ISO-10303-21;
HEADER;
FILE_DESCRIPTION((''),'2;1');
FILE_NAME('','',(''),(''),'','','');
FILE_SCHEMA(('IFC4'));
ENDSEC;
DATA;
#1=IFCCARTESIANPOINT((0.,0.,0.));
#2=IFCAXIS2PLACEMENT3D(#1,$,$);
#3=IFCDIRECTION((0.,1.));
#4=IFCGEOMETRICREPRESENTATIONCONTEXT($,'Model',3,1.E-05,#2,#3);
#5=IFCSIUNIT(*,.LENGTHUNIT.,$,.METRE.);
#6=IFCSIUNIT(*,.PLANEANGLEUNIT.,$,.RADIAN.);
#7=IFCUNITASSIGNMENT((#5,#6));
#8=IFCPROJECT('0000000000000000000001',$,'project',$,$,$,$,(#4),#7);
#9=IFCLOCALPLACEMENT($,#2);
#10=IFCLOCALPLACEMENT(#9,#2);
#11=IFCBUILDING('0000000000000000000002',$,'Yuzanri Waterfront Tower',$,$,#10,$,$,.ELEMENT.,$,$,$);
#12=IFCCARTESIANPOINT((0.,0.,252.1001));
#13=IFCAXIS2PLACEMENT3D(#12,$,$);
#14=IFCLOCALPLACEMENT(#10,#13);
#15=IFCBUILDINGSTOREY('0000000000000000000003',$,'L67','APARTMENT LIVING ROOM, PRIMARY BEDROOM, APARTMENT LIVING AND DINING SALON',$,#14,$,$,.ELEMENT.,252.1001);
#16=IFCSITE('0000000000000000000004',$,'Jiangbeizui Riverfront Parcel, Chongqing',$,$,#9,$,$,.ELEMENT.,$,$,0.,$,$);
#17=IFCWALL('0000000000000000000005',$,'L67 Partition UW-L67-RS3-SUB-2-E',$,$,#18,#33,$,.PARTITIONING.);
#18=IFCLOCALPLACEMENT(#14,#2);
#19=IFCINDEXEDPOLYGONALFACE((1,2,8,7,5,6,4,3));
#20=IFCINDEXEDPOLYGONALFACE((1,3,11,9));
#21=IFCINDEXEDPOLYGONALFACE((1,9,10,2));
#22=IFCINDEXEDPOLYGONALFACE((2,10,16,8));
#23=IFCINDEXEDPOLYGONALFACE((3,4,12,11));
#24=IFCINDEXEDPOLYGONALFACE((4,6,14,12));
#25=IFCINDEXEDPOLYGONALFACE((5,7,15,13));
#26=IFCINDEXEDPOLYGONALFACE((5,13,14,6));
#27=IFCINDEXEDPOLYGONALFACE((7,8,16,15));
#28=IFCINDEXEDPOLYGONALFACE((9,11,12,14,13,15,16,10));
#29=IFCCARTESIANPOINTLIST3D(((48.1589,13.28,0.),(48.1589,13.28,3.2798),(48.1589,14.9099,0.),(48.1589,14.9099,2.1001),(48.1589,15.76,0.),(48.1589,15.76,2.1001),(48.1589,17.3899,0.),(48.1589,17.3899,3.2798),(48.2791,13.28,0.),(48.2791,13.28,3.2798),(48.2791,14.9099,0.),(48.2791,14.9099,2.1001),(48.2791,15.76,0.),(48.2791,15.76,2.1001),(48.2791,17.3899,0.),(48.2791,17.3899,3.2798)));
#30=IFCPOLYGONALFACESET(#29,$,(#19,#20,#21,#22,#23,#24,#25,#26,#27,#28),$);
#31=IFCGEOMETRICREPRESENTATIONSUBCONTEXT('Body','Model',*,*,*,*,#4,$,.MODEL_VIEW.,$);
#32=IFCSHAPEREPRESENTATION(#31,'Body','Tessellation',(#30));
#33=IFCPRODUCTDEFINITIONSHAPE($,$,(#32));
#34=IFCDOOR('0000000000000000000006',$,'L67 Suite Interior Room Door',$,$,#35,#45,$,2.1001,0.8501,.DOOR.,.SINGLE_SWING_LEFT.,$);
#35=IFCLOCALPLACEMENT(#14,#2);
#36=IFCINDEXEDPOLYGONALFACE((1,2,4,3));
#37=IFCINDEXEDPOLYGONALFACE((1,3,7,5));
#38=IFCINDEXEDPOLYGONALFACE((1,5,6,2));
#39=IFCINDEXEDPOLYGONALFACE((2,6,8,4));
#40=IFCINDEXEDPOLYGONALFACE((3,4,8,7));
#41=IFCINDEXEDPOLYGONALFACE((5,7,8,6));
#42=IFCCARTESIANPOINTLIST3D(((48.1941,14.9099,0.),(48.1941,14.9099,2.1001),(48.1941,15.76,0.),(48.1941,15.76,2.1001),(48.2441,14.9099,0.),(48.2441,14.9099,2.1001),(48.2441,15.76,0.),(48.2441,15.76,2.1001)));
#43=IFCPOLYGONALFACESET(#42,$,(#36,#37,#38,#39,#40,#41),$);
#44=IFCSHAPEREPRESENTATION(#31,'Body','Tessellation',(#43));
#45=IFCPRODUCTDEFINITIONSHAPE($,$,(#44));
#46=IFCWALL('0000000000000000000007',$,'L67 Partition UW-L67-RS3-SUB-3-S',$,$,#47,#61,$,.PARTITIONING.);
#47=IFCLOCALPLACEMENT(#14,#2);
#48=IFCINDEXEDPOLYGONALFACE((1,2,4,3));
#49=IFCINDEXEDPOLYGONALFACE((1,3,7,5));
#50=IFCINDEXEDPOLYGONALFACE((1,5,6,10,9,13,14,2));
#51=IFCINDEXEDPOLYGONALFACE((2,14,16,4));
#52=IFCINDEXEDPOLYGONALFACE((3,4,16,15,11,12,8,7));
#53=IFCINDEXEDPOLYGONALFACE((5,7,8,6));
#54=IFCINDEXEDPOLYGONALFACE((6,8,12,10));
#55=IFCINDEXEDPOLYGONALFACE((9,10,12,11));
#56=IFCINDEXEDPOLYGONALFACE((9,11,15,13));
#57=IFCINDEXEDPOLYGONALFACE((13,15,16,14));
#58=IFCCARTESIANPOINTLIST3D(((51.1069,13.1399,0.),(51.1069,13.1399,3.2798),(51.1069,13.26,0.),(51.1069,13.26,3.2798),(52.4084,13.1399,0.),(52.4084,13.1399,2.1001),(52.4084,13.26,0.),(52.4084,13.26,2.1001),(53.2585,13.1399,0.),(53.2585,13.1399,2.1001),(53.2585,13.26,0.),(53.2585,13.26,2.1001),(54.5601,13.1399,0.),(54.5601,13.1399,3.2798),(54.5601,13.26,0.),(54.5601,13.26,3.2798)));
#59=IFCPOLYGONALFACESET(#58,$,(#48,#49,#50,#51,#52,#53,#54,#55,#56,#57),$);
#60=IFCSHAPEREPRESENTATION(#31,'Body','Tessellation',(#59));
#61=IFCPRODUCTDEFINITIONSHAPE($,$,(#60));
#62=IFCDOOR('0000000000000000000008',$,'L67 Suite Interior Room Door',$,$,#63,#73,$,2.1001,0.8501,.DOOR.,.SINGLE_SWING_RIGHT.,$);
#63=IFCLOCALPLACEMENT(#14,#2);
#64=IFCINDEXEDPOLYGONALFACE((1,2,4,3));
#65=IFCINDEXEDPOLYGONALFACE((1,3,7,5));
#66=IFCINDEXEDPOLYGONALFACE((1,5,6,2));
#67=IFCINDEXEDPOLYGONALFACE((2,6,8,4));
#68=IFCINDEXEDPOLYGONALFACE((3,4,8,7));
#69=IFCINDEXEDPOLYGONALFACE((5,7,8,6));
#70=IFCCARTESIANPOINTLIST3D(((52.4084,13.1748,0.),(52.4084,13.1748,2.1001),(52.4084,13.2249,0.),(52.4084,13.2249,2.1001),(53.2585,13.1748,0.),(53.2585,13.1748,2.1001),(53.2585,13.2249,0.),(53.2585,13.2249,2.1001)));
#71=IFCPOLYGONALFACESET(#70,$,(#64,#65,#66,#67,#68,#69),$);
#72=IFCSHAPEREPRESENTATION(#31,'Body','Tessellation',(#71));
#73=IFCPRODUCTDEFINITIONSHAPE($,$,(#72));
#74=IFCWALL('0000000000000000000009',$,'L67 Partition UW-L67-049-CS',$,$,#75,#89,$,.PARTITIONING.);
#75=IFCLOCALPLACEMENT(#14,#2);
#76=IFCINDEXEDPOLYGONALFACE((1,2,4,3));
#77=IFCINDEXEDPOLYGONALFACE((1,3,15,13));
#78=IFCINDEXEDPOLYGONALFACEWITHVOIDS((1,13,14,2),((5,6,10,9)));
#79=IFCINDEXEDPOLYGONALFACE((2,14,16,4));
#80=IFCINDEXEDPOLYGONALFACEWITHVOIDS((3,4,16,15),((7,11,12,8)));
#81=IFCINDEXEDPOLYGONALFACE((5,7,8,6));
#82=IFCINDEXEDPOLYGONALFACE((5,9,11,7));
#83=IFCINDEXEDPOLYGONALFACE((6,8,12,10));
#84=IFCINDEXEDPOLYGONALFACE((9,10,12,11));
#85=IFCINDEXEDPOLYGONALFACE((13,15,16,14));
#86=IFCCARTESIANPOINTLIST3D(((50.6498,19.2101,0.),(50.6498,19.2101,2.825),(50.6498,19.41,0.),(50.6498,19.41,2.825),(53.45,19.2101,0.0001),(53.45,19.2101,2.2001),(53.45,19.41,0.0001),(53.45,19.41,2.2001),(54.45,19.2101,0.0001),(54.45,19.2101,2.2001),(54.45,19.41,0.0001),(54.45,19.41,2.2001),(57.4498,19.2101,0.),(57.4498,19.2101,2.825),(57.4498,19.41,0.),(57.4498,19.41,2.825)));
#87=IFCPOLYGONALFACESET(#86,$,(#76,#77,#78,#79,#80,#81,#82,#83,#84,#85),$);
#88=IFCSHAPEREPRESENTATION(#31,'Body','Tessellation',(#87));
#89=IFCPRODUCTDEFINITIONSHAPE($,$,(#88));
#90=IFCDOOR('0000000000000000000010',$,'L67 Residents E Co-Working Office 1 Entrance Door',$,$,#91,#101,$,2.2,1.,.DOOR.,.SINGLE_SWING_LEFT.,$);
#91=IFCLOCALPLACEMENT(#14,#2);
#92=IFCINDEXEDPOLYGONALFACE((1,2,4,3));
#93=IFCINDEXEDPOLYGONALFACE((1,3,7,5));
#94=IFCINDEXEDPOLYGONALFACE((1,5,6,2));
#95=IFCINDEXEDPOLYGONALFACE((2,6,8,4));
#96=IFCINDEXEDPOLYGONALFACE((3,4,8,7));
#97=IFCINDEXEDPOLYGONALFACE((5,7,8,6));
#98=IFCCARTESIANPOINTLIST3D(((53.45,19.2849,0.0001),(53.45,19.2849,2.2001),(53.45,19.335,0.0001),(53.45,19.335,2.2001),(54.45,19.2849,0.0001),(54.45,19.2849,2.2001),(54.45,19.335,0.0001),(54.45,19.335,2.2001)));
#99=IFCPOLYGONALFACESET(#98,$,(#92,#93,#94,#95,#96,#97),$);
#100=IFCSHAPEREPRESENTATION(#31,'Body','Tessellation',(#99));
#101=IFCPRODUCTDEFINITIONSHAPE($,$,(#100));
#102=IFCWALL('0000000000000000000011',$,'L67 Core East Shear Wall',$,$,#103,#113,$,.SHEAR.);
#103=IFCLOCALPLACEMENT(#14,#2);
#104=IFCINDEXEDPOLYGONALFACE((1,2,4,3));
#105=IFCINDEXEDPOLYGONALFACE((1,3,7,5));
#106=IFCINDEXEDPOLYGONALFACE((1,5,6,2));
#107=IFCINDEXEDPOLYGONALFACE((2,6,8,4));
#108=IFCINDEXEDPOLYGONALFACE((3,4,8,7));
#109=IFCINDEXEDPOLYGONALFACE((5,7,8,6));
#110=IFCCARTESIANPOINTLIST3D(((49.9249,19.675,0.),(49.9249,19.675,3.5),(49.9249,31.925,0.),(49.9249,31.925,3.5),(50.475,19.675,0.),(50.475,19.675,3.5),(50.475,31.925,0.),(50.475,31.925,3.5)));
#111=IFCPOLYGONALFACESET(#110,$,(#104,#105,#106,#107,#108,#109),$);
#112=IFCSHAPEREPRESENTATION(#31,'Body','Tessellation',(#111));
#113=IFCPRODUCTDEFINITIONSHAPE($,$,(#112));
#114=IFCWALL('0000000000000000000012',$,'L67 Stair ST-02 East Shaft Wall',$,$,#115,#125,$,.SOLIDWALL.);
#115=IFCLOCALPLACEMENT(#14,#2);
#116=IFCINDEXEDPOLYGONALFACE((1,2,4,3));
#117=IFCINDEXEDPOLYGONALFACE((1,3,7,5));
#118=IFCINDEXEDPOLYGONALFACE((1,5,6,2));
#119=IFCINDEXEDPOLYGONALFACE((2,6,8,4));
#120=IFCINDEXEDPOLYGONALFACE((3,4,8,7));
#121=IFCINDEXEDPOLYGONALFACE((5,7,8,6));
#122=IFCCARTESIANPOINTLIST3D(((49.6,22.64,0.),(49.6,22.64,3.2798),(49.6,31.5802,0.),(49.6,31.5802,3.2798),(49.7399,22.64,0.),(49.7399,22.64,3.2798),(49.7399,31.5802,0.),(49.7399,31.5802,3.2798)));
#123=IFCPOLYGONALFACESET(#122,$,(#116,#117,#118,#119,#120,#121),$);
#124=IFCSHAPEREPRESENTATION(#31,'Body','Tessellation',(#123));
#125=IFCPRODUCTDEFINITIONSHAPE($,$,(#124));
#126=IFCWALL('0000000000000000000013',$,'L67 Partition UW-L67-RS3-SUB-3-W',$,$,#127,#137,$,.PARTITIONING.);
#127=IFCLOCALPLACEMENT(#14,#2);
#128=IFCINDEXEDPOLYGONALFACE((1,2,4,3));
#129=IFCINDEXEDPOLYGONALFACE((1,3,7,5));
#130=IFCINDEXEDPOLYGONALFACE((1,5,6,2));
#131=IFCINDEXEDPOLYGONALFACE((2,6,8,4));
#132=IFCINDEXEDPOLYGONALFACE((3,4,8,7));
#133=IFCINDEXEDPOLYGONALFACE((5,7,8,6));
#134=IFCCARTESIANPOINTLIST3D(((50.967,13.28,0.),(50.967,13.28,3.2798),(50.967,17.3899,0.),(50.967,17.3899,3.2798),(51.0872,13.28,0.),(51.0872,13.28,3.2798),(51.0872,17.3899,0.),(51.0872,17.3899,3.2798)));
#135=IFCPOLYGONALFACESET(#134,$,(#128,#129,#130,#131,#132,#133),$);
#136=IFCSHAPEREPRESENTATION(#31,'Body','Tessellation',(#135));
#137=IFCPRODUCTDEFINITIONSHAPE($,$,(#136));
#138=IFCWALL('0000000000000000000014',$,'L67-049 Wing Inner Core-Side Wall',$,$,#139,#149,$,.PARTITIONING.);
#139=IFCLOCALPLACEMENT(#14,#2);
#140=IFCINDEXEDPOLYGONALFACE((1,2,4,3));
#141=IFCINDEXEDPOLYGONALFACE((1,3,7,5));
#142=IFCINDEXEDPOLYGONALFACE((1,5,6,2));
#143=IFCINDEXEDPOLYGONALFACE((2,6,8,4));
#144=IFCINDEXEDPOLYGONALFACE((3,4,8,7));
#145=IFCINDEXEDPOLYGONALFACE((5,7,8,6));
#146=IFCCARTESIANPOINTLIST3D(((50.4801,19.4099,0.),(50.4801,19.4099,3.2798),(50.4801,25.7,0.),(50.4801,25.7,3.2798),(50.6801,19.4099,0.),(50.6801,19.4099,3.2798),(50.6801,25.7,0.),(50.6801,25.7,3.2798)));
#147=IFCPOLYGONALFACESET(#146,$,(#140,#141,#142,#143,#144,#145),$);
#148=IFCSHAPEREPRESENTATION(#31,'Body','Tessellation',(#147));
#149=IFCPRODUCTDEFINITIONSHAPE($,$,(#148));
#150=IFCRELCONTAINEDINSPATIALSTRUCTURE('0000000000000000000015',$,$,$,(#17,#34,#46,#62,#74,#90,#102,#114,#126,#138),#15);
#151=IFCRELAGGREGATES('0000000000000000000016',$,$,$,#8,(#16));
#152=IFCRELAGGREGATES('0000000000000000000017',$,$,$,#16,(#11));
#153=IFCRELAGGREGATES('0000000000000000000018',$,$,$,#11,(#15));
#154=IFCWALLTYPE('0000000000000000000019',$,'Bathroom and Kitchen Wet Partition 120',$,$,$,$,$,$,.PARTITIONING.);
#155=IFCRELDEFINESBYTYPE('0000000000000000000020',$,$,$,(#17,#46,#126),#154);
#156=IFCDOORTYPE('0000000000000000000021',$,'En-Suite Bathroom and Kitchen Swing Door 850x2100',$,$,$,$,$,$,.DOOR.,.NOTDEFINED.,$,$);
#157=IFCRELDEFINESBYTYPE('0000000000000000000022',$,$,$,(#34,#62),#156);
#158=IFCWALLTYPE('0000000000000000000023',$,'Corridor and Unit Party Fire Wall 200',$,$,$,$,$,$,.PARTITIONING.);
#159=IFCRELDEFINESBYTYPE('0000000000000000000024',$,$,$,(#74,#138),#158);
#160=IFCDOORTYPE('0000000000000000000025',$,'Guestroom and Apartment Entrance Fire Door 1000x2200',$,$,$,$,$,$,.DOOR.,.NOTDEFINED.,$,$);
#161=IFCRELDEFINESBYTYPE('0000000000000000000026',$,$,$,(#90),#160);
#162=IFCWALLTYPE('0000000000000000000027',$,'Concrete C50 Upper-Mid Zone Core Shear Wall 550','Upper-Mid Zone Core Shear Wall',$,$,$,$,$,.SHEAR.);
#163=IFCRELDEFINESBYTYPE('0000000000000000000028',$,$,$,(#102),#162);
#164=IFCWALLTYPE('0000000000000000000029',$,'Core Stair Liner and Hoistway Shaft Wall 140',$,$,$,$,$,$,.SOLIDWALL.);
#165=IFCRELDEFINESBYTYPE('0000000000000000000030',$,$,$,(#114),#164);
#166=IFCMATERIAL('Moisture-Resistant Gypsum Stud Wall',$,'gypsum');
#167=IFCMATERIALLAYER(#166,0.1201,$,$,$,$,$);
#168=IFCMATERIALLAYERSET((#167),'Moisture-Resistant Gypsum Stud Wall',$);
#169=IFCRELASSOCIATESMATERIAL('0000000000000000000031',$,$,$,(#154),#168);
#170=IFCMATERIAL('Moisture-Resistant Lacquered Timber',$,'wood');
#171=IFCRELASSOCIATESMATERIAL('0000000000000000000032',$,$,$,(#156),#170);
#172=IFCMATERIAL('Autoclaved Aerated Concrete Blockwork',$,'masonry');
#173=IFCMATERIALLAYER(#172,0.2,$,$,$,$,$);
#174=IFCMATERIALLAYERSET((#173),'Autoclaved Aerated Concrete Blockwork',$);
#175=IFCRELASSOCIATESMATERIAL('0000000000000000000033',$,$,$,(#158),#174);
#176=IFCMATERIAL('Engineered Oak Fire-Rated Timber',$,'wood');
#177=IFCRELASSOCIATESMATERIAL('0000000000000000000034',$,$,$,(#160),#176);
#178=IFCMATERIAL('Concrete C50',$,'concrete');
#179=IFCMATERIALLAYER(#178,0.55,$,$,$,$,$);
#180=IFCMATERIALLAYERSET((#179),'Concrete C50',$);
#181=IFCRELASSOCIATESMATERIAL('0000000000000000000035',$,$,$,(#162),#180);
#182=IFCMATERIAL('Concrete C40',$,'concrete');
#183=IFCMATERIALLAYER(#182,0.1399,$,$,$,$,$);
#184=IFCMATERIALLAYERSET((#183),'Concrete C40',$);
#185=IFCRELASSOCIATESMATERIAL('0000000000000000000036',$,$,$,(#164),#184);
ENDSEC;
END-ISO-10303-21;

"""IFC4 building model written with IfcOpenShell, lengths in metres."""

from ifc_helpers import new_model, si_unit, direction, frame, frame_2d, origin, place, context, subcontext, project, spatial, rectangle, extrude, source, transform, mapped, material, layer, layer_set, type_object, element, fill, save


model = new_model("IFC4")

# Units and contexts
model_context = context("Model", 3, precision=1e-05, world=origin(), true_north=direction((0.0, 1.0)))
body_context = subcontext(model_context, "Body", "Model", "MODEL_VIEW")
ifc_project = project(units=[si_unit("LENGTHUNIT", "METRE"), si_unit("PLANEANGLEUNIT", "RADIAN")], contexts=[model_context])

# Site, building, storey
site_placement = place(None, origin())
site = spatial("IfcSite", under=ifc_project, at=site_placement, Name="Jiangbeizui Riverfront Parcel, Chongqing", CompositionType="ELEMENT", RefElevation=0.0)
building_placement = place(site_placement, origin())
building = spatial("IfcBuilding", under=site, at=building_placement, Name="Yuzanri Waterfront Tower", CompositionType="ELEMENT")
storey_placement = place(building_placement, frame((0.0, 0.0, 252.1001)))
storey = spatial("IfcBuildingStorey", under=building, at=storey_placement, Name="L67", Description="APARTMENT LIVING ROOM, PRIMARY BEDROOM, APARTMENT LIVING AND DINING SALON", CompositionType="ELEMENT", Elevation=252.1001)

# Walls, openings, doors
ifc_material_1 = material(Name="Moisture-Resistant Gypsum Stud Wall", Category="gypsum")
ifc_layer_1 = layer(ifc_material_1, 0.1201)
ifc_layer_set_1 = layer_set([ifc_layer_1], Name="Moisture-Resistant Gypsum Stud Wall")
wall_type_1 = type_object("IfcWallType", Name="Bathroom and Kitchen Wet Partition 120", PredefinedType="PARTITIONING", material=ifc_layer_set_1)
wall_1_placement = place(storey_placement, frame((48.219, 13.28, 0.0), z_axis=(0.0, 0.0, 1.0), x_axis=(0.0, 1.0, 0.0)))
wall_1 = element("IfcWall", 1, at=wall_1_placement, inside=storey, type_object=wall_type_1, Name="L67 Partition UW-L67-RS3-SUB-2-E", PredefinedType="PARTITIONING", context=body_context, shape_type="SweptSolid", body=[
    extrude(rectangle(XDim=4.1099, YDim=0.1201, at=frame_2d((2.0549, 0.0))), origin(), (0.0, 0.0, 1.0), 3.2798),
])
opening_1_placement = place(wall_1_placement, frame((1.6299, 0.0, 0.0)))
opening_1 = element("IfcOpeningElement", 2, at=opening_1_placement, cuts=wall_1, PredefinedType="OPENING", context=body_context, shape_type="SweptSolid", body=[
    extrude(rectangle(XDim=0.8501, YDim=2.1001, at=frame_2d((0.425, 1.05))), frame((0.0, 0.075, 0.0), z_axis=(0.0, -1.0, 0.0), x_axis=(1.0, 0.0, 0.0)), (0.0, 0.0, 1.0), 0.1499),
])
ifc_material_2 = material(Name="Moisture-Resistant Lacquered Timber", Category="wood")
door_type_1 = type_object("IfcDoorType", Name="En-Suite Bathroom and Kitchen Swing Door 850x2100", OperationType="NOTDEFINED", PredefinedType="DOOR", material=ifc_material_2)
shared_shape_1 = source(origin(), body_context, "Body", "SweptSolid", [
    extrude(rectangle(XDim=0.8501, YDim=2.1001, at=frame_2d((0.425, 1.05))), frame((0.0, 0.0249, 0.0), z_axis=(0.0, -1.0, 0.0), x_axis=(1.0, 0.0, 0.0)), (0.0, 0.0, 1.0), 0.05),
])
door_1_placement = place(opening_1_placement, origin())
door_1 = element("IfcDoor", 3, at=door_1_placement, inside=storey, type_object=door_type_1, Name="L67 Suite Interior Room Door", OperationType="SINGLE_SWING_LEFT", OverallHeight=2.1001, OverallWidth=0.8501, PredefinedType="DOOR", context=body_context, shape_type="MappedRepresentation", body=[
    mapped(shared_shape_1, transform((0.0, 0.0, 0.0), scale=1.0)),
])
fill(opening_1, door_1)
wall_2_placement = place(storey_placement, frame((51.1069, 13.2, 0.0), z_axis=(0.0, 0.0, 1.0), x_axis=(1.0, 0.0, 0.0)))
wall_2 = element("IfcWall", 4, at=wall_2_placement, inside=storey, type_object=wall_type_1, Name="L67 Partition UW-L67-RS3-SUB-3-S", PredefinedType="PARTITIONING", context=body_context, shape_type="SweptSolid", body=[
    extrude(rectangle(XDim=3.4531, YDim=0.1201, at=frame_2d((1.7266, 0.0))), origin(), (0.0, 0.0, 1.0), 3.2798),
])
opening_2_placement = place(wall_2_placement, frame((1.3015, 0.0, 0.0)))
opening_2 = element("IfcOpeningElement", 5, at=opening_2_placement, cuts=wall_2, PredefinedType="OPENING", context=body_context, shape_type="SweptSolid", body=[
    extrude(rectangle(XDim=0.8501, YDim=2.1001, at=frame_2d((0.425, 1.05))), frame((0.0, 0.075, 0.0), z_axis=(0.0, -1.0, 0.0), x_axis=(1.0, 0.0, 0.0)), (0.0, 0.0, 1.0), 0.1499),
])
door_2_placement = place(opening_2_placement, origin())
door_2 = element("IfcDoor", 6, at=door_2_placement, inside=storey, type_object=door_type_1, Name="L67 Suite Interior Room Door", OperationType="SINGLE_SWING_RIGHT", OverallHeight=2.1001, OverallWidth=0.8501, PredefinedType="DOOR", context=body_context, shape_type="MappedRepresentation", body=[
    mapped(shared_shape_1, transform((0.0, 0.0, 0.0), scale=1.0)),
])
fill(opening_2, door_2)
ifc_material_3 = material(Name="Autoclaved Aerated Concrete Blockwork", Category="masonry")
ifc_layer_2 = layer(ifc_material_3, 0.2)
ifc_layer_set_2 = layer_set([ifc_layer_2], Name="Autoclaved Aerated Concrete Blockwork")
wall_type_2 = type_object("IfcWallType", Name="Corridor and Unit Party Fire Wall 200", PredefinedType="PARTITIONING", material=ifc_layer_set_2)
wall_3_placement = place(storey_placement, frame((50.6499, 19.3101, 0.0), z_axis=(0.0, 0.0, 1.0), x_axis=(1.0, 0.0, 0.0)))
wall_3 = element("IfcWall", 7, at=wall_3_placement, inside=storey, type_object=wall_type_2, Name="L67 Partition UW-L67-049-CS", PredefinedType="PARTITIONING", context=body_context, shape_type="SweptSolid", body=[
    extrude(rectangle(XDim=6.8, YDim=0.2, at=frame_2d((3.3999, 0.0))), origin(), (0.0, 0.0, 1.0), 2.825),
])
opening_3_placement = place(wall_3_placement, frame((2.8, 0.0, 0.0)))
opening_3 = element("IfcOpeningElement", 8, at=opening_3_placement, cuts=wall_3, PredefinedType="OPENING", context=body_context, shape_type="SweptSolid", body=[
    extrude(rectangle(XDim=1.0, YDim=2.2, at=frame_2d((0.5, 1.1001))), frame((0.0, 0.1147, 0.0), z_axis=(0.0, -1.0, 0.0), x_axis=(1.0, 0.0, 0.0)), (0.0, 0.0, 1.0), 0.2297),
])
ifc_material_4 = material(Name="Engineered Oak Fire-Rated Timber", Category="wood")
door_type_2 = type_object("IfcDoorType", Name="Guestroom and Apartment Entrance Fire Door 1000x2200", OperationType="NOTDEFINED", PredefinedType="DOOR", material=ifc_material_4)
shared_shape_2 = source(origin(), body_context, "Body", "SweptSolid", [
    extrude(rectangle(XDim=1.0, YDim=2.2, at=frame_2d((0.5, 1.1001))), frame((0.0, 0.0249, 0.0), z_axis=(0.0, -1.0, 0.0), x_axis=(1.0, 0.0, 0.0)), (0.0, 0.0, 1.0), 0.05),
])
door_3_placement = place(opening_3_placement, origin())
door_3 = element("IfcDoor", 9, at=door_3_placement, inside=storey, type_object=door_type_2, Name="L67 Residents E Co-Working Office 1 Entrance Door", OperationType="SINGLE_SWING_LEFT", OverallHeight=2.2, OverallWidth=1.0, PredefinedType="DOOR", context=body_context, shape_type="MappedRepresentation", body=[
    mapped(shared_shape_2, transform((0.0, 0.0, 0.0), scale=1.0)),
])
fill(opening_3, door_3)

# Walls
ifc_material_5 = material(Name="Concrete C50", Category="concrete")
ifc_layer_3 = layer(ifc_material_5, 0.55)
ifc_layer_set_3 = layer_set([ifc_layer_3], Name="Concrete C50")
wall_type_3 = type_object("IfcWallType", Name="Concrete C50 Upper-Mid Zone Core Shear Wall 550", Description="Upper-Mid Zone Core Shear Wall", PredefinedType="SHEAR", material=ifc_layer_set_3)
shared_shape_3 = source(origin(), body_context, "Body", "SweptSolid", [
    extrude(rectangle(XDim=12.25, YDim=0.55, at=frame_2d((6.125, 0.0))), origin(), (0.0, 0.0, 1.0), 3.5),
])
wall_4_placement = place(storey_placement, frame((50.2, 19.675, 0.0), z_axis=(0.0, 0.0, 1.0), x_axis=(0.0, 1.0, 0.0)))
element("IfcWall", 10, at=wall_4_placement, inside=storey, type_object=wall_type_3, Name="L67 Core East Shear Wall", PredefinedType="SHEAR", context=body_context, shape_type="MappedRepresentation", body=[
    mapped(shared_shape_3, transform((0.0, 0.0, 0.0), scale=1.0)),
])
ifc_material_6 = material(Name="Concrete C40", Category="concrete")
ifc_layer_4 = layer(ifc_material_6, 0.1399)
ifc_layer_set_4 = layer_set([ifc_layer_4], Name="Concrete C40")
wall_type_4 = type_object("IfcWallType", Name="Core Stair Liner and Hoistway Shaft Wall 140", PredefinedType="SOLIDWALL", material=ifc_layer_set_4)
shared_shape_4 = source(origin(), body_context, "Body", "SweptSolid", [
    extrude(rectangle(XDim=8.9402, YDim=0.1399, at=frame_2d((4.4702, 0.0))), origin(), (0.0, 0.0, 1.0), 3.2798),
])
wall_5_placement = place(storey_placement, frame((49.6699, 22.6399, 0.0), z_axis=(0.0, 0.0, 1.0), x_axis=(0.0, 1.0, 0.0)))
element("IfcWall", 11, at=wall_5_placement, inside=storey, type_object=wall_type_4, Name="L67 Stair ST-02 East Shaft Wall", PredefinedType="SOLIDWALL", context=body_context, shape_type="MappedRepresentation", body=[
    mapped(shared_shape_4, transform((0.0, 0.0, 0.0), scale=1.0)),
])
shared_shape_5 = source(origin(), body_context, "Body", "SweptSolid", [
    extrude(rectangle(XDim=4.1099, YDim=0.1201, at=frame_2d((2.0549, 0.0))), origin(), (0.0, 0.0, 1.0), 3.2798),
])
wall_6_placement = place(storey_placement, frame((51.0271, 13.28, 0.0), z_axis=(0.0, 0.0, 1.0), x_axis=(0.0, 1.0, 0.0)))
element("IfcWall", 12, at=wall_6_placement, inside=storey, type_object=wall_type_1, Name="L67 Partition UW-L67-RS3-SUB-3-W", PredefinedType="PARTITIONING", context=body_context, shape_type="MappedRepresentation", body=[
    mapped(shared_shape_5, transform((0.0, 0.0, 0.0), scale=1.0)),
])
shared_shape_6 = source(origin(), body_context, "Body", "SweptSolid", [
    extrude(rectangle(XDim=6.29, YDim=0.2, at=frame_2d((3.145, 0.0))), origin(), (0.0, 0.0, 1.0), 3.2798),
])
wall_7_placement = place(storey_placement, frame((50.5801, 19.4099, 0.0), z_axis=(0.0, 0.0, 1.0), x_axis=(0.0, 1.0, 0.0)))
element("IfcWall", 13, at=wall_7_placement, inside=storey, type_object=wall_type_2, Name="L67-049 Wing Inner Core-Side Wall", PredefinedType="PARTITIONING", context=body_context, shape_type="MappedRepresentation", body=[
    mapped(shared_shape_6, transform((0.0, 0.0, 0.0), scale=1.0)),
])

save(model, "model.ifc")
